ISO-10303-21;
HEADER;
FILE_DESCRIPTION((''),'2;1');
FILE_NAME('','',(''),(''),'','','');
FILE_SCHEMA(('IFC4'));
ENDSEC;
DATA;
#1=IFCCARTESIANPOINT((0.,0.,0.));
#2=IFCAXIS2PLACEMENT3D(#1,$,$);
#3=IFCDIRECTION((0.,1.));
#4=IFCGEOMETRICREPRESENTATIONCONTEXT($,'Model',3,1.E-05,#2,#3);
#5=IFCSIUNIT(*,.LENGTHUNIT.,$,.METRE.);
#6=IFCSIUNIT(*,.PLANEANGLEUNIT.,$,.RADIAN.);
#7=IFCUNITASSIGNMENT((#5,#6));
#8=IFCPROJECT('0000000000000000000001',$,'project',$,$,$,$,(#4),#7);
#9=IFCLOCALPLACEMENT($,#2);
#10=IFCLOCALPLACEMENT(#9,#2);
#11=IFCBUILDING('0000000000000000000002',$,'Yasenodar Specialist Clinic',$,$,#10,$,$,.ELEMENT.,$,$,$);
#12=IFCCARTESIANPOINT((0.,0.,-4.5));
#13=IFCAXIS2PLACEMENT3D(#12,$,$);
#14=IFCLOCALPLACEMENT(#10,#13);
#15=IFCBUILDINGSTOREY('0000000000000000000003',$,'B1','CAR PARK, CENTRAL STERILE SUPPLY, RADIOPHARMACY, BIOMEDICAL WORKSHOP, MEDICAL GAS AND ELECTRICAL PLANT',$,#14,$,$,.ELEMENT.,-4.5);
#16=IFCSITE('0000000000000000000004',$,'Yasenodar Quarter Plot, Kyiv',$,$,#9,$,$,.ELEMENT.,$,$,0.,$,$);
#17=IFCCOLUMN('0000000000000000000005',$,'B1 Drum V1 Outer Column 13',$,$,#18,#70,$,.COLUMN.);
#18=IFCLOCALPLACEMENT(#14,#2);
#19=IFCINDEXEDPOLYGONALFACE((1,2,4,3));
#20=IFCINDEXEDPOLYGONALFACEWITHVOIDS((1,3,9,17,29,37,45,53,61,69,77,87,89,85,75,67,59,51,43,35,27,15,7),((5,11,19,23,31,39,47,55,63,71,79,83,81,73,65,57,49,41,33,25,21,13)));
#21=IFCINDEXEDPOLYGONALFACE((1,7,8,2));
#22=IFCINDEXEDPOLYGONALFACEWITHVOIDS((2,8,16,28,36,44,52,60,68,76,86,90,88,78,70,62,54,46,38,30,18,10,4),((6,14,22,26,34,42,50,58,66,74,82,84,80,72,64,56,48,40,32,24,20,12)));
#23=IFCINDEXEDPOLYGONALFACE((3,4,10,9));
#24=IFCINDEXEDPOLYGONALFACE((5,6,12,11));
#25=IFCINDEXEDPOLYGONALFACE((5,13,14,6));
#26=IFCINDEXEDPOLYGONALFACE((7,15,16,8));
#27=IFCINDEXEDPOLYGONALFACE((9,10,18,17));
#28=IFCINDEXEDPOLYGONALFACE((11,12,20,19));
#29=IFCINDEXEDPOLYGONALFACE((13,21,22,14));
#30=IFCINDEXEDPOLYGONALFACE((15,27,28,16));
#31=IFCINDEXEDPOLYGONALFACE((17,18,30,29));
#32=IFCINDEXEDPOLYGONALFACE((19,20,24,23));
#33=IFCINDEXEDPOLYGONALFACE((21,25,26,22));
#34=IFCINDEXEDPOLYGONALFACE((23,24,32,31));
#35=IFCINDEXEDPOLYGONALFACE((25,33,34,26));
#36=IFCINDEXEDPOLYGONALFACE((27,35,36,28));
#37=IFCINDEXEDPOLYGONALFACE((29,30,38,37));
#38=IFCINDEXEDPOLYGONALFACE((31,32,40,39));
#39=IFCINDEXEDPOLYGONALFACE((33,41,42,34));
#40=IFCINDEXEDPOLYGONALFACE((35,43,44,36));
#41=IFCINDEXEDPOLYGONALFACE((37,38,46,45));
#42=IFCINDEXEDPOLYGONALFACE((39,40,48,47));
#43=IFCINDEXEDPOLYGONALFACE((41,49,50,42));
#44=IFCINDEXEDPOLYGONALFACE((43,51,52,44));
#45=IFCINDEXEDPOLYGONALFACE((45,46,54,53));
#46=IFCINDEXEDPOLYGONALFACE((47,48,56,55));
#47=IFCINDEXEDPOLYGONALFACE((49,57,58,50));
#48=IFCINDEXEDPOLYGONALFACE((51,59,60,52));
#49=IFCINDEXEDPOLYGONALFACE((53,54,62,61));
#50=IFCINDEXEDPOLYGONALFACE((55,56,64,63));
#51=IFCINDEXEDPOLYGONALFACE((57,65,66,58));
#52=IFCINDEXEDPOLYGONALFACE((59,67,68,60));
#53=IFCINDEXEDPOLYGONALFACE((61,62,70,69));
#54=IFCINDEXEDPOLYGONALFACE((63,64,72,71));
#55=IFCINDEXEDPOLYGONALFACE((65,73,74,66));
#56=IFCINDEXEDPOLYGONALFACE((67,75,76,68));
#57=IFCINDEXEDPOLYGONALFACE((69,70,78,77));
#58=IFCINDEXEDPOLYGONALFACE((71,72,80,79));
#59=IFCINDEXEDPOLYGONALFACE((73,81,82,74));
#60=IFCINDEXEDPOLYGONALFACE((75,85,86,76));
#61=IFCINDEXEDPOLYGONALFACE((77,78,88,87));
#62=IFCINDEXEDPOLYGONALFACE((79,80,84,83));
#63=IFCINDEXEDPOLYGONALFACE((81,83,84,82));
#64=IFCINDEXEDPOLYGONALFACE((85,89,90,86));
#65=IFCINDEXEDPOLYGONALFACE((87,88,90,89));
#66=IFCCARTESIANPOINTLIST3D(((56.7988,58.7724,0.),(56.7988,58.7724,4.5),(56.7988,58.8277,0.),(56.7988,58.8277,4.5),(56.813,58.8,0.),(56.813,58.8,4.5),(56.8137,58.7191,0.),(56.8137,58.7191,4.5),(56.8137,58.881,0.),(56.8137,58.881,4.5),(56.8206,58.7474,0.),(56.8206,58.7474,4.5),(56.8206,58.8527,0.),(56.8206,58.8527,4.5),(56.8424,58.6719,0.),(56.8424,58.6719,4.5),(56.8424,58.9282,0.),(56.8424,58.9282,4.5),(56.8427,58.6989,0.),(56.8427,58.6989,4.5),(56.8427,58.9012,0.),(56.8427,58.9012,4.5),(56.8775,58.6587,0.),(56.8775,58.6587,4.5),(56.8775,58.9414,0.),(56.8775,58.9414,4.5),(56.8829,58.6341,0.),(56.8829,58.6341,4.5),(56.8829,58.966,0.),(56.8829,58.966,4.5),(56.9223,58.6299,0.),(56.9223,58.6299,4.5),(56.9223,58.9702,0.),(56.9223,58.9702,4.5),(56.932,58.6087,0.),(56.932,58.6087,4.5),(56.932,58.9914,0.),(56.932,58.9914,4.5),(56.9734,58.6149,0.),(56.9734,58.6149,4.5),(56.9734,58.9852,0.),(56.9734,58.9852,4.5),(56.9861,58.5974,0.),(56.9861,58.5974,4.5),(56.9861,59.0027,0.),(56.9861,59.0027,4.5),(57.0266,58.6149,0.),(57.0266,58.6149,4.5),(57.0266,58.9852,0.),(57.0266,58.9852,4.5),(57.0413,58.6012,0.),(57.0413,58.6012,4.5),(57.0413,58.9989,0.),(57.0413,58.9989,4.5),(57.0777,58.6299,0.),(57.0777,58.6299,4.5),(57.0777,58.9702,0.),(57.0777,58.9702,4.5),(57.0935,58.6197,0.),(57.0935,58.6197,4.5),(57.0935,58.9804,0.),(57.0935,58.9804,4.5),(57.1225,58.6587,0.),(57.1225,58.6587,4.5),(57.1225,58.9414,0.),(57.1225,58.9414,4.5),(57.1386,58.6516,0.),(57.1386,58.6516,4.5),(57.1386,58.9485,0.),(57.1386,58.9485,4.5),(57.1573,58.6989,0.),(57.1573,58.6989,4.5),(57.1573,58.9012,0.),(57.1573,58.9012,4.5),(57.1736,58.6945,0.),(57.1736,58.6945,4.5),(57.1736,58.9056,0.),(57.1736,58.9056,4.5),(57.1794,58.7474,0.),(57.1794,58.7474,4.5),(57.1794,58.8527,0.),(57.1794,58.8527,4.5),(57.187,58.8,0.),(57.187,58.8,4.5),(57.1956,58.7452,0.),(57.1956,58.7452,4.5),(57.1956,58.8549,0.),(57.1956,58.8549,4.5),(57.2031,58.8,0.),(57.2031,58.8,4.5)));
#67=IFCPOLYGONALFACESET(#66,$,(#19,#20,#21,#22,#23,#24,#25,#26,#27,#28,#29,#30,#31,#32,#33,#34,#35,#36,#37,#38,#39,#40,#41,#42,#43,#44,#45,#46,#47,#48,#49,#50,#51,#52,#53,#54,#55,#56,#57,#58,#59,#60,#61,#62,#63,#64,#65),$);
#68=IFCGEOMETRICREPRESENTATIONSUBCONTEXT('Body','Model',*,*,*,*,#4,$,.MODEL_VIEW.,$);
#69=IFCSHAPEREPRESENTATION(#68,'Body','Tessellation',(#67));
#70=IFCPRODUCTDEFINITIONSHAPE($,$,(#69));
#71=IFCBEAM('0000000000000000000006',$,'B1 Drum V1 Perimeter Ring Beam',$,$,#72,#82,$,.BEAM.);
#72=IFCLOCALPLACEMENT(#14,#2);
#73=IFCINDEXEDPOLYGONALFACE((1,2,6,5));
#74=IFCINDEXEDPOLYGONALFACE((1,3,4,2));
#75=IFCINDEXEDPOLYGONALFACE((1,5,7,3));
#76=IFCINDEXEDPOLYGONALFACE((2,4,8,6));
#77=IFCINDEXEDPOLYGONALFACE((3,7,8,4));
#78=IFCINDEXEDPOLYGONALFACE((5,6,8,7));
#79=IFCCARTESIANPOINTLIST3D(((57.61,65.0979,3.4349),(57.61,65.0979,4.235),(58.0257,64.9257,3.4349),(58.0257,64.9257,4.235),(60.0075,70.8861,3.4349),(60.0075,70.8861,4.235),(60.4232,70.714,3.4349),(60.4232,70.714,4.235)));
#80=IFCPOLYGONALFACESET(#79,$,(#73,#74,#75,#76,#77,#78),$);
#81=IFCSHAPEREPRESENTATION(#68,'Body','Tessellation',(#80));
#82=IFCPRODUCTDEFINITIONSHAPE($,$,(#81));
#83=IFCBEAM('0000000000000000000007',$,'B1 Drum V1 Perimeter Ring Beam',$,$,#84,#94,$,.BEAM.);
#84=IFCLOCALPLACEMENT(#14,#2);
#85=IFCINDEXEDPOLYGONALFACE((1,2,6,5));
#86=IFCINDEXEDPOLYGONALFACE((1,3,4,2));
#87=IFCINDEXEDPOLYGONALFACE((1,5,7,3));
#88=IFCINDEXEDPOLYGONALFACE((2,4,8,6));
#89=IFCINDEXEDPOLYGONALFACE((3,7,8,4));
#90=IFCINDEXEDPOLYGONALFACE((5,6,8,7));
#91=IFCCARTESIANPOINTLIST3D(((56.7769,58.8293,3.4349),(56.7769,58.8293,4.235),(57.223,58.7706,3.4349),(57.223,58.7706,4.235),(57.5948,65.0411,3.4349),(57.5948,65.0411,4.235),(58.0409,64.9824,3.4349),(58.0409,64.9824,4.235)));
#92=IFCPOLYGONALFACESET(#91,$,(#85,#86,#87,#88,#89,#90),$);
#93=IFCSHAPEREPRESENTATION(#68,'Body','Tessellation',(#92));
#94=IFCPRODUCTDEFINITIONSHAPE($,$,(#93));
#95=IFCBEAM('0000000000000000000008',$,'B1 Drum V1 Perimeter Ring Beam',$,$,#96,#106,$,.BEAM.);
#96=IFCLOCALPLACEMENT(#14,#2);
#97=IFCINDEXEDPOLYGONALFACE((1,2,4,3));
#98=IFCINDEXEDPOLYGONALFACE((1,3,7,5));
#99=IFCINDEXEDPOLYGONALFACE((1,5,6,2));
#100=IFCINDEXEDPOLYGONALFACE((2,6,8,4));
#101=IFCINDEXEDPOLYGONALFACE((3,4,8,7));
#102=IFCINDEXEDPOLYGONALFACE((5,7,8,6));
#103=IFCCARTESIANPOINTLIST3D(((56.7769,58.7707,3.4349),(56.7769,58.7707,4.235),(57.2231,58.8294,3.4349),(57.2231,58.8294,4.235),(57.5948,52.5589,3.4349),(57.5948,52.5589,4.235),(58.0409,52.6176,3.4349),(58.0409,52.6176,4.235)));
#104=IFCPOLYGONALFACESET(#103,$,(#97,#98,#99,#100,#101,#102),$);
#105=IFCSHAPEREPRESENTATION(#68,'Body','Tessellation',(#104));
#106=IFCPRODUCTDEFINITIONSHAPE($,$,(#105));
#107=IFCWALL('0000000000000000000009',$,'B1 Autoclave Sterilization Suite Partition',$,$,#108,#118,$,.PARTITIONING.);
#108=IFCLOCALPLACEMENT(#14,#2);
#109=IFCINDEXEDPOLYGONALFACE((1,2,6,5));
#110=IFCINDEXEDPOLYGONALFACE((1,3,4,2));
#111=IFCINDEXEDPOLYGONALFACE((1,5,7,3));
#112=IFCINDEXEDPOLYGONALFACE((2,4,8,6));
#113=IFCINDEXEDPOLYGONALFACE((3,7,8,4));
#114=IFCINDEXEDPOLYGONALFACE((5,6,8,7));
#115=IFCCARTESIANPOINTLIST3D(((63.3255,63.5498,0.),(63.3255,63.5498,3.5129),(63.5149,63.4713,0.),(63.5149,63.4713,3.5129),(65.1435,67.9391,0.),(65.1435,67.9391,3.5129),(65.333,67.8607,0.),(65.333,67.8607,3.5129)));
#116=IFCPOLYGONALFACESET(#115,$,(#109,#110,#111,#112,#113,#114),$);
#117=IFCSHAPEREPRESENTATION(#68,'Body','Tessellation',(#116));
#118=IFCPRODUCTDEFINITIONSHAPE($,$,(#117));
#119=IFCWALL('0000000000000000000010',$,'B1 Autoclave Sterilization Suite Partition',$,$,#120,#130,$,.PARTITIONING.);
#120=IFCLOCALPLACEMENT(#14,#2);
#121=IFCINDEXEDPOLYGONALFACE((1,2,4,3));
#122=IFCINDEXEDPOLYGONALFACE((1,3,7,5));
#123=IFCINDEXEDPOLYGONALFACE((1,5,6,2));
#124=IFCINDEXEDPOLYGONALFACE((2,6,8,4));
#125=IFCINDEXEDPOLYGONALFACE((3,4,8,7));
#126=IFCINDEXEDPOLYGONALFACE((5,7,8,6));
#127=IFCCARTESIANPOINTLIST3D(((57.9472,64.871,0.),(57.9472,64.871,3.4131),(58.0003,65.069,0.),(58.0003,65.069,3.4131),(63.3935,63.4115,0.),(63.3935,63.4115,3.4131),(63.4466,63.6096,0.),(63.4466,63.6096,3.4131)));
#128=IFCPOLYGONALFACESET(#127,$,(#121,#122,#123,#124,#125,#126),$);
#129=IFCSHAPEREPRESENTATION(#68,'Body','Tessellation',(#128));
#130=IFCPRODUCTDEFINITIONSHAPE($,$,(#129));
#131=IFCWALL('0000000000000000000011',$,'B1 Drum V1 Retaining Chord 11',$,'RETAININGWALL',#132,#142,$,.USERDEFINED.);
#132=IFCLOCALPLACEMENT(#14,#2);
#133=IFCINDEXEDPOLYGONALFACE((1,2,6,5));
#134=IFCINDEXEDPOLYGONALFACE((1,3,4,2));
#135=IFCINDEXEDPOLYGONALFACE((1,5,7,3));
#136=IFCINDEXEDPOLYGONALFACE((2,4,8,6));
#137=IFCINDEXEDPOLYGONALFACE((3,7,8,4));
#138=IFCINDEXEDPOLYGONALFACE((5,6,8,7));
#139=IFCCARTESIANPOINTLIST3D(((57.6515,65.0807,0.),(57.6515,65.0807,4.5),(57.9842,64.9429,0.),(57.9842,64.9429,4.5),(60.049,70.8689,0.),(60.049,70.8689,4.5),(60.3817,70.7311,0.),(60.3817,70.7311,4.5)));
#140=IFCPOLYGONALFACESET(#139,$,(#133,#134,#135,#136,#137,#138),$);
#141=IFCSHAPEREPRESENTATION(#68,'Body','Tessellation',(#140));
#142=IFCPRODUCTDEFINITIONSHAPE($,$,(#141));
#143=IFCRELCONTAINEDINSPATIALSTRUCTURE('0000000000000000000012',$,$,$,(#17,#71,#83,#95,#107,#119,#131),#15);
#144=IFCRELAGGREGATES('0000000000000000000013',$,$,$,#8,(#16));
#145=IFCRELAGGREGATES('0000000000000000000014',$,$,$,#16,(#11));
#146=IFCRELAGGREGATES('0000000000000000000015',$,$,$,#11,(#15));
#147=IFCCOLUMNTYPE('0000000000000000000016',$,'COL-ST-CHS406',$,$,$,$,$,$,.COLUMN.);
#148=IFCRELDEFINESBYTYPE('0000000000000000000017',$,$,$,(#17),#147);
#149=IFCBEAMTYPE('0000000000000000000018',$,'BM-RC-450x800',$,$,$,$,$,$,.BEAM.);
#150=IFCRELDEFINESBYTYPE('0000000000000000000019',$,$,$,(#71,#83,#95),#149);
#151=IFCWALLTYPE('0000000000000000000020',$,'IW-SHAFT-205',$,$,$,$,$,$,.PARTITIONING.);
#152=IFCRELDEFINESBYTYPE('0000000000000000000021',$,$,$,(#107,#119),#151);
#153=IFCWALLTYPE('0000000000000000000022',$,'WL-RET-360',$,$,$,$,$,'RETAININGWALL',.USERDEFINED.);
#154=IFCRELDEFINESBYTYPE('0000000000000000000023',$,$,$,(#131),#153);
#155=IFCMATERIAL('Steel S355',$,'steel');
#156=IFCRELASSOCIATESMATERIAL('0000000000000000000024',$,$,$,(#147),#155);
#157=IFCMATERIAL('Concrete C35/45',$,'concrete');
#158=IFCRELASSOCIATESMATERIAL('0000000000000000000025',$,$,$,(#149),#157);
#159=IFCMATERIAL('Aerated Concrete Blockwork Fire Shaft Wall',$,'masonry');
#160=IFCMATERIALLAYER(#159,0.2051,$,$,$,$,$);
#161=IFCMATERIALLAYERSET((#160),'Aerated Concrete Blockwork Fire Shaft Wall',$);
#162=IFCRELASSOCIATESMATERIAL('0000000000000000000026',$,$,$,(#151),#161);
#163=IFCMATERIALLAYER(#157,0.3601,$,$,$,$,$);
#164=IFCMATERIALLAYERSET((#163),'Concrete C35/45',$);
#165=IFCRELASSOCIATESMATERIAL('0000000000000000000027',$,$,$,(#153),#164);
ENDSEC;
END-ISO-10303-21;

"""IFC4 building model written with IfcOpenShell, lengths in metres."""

from ifc_helpers import new_model, si_unit, direction, frame, frame_2d, origin, origin_2d, place, context, subcontext, project, spatial, rectangle, hollow_circle, extrude, material, layer, layer_set, material_profile, profile_set, type_object, element, save


model = new_model("IFC4")

# Units and contexts
model_context = context("Model", 3, precision=1e-05, world=origin(), true_north=direction((0.0, 1.0)))
body_context = subcontext(model_context, "Body", "Model", "MODEL_VIEW")
ifc_project = project(units=[si_unit("LENGTHUNIT", "METRE"), si_unit("PLANEANGLEUNIT", "RADIAN")], contexts=[model_context])

# Site, building, storey
site_placement = place(None, origin())
site = spatial("IfcSite", under=ifc_project, at=site_placement, Name="Yasenodar Quarter Plot, Kyiv", CompositionType="ELEMENT", RefElevation=0.0)
building_placement = place(site_placement, origin())
building = spatial("IfcBuilding", under=site, at=building_placement, Name="Yasenodar Specialist Clinic", CompositionType="ELEMENT")
storey_placement = place(building_placement, frame((0.0, 0.0, -4.5)))
storey = spatial("IfcBuildingStorey", under=building, at=storey_placement, Name="B1", Description="CAR PARK, CENTRAL STERILE SUPPLY, RADIOPHARMACY, BIOMEDICAL WORKSHOP, MEDICAL GAS AND ELECTRICAL PLANT", CompositionType="ELEMENT", Elevation=-4.5)

# Shared definitions
ifc_material_1 = material(Name="Concrete C35/45", Category="concrete")

# Column
ifc_material_2 = material(Name="Steel S355", Category="steel")
ifc_material_profile_1 = material_profile(ifc_material_2, hollow_circle(Radius=0.2031, WallThickness=0.0161, at=origin_2d()), Name="CHS 406.4x16")
ifc_profile_set_1 = profile_set([ifc_material_profile_1], Name="Steel S355")
column_type_1 = type_object("IfcColumnType", Name="COL-ST-CHS406", PredefinedType="COLUMN", material=ifc_profile_set_1)
for number, where, z_axis, x_axis, name in (
    (1, (57.0, 58.8, 0.0), (0.0, 0.0, 1.0), (1.0, 0.0, 0.0), "B1 Drum V1 Outer Column 13"),
):
    element("IfcColumn", number, at=place(storey_placement, frame(where, z_axis=z_axis, x_axis=x_axis)), inside=storey, type_object=column_type_1, Name=name, PredefinedType="COLUMN", context=body_context, shape_type="SweptSolid", body=[
        extrude(hollow_circle(Radius=0.2031, WallThickness=0.0161, at=origin_2d()), origin(), (0.0, 0.0, 1.0), 4.5),
    ])

# Beams
ifc_material_profile_2 = material_profile(ifc_material_1, rectangle(XDim=0.45, YDim=0.8, at=origin_2d()), Name="RC 450x800")
ifc_profile_set_2 = profile_set([ifc_material_profile_2], Name="Concrete C35/45")
beam_type = type_object("IfcBeamType", Name="BM-RC-450x800", PredefinedType="BEAM", material=ifc_profile_set_2)
beam_placement = place(storey_placement, frame((60.2153, 70.8, 3.835), z_axis=(-0.382664, -0.923888, 0.0), x_axis=(0.923888, -0.382664, 0.0)))
element("IfcBeam", 2, at=beam_placement, inside=storey, type_object=beam_type, Name="B1 Drum V1 Perimeter Ring Beam", PredefinedType="BEAM", context=body_context, shape_type="SweptSolid", body=[
    extrude(rectangle(XDim=0.45, YDim=0.8, at=origin_2d()), origin(), (0.0, 0.0, 1.0), 6.2651),
])
for number, where, z_axis, x_axis, name in (
    (3, (57.8179, 65.0117, 3.835), (-0.13054, -0.991443, 0.0), (0.991443, -0.13054, 0.0), "B1 Drum V1 Perimeter Ring Beam"),
    (4, (57.0, 58.8, 3.835), (0.13054, -0.991443, 0.0), (0.991443, 0.13054, 0.0), "B1 Drum V1 Perimeter Ring Beam"),
):
    element("IfcBeam", number, at=place(storey_placement, frame(where, z_axis=z_axis, x_axis=x_axis)), inside=storey, type_object=beam_type, Name=name, PredefinedType="BEAM", context=body_context, shape_type="SweptSolid", body=[
        extrude(rectangle(XDim=0.45, YDim=0.8, at=origin_2d()), origin(), (0.0, 0.0, 1.0), 6.2654),
    ])

# Walls
ifc_material_3 = material(Name="Aerated Concrete Blockwork Fire Shaft Wall", Category="masonry")
ifc_layer_1 = layer(ifc_material_3, 0.2051)
ifc_layer_set_1 = layer_set([ifc_layer_1], Name="Aerated Concrete Blockwork Fire Shaft Wall")
wall_type_1 = type_object("IfcWallType", Name="IW-SHAFT-205", PredefinedType="PARTITIONING", material=ifc_layer_set_1)
wall_1_placement = place(storey_placement, frame((65.2383, 67.8999, 0.0), z_axis=(0.0, 0.0, 1.0), x_axis=(-0.382677, -0.923882, 0.0)))
element("IfcWall", 5, at=wall_1_placement, inside=storey, type_object=wall_type_1, Name="B1 Autoclave Sterilization Suite Partition", PredefinedType="PARTITIONING", context=body_context, shape_type="SweptSolid", body=[
    extrude(rectangle(XDim=4.751, YDim=0.2051, at=frame_2d((2.3755, 0.0))), origin(), (0.0, 0.0, 1.0), 3.5129),
])
wall_2_placement = place(storey_placement, frame((63.4202, 63.5105, 0.0), z_axis=(0.0, 0.0, 1.0), x_axis=(-0.965919, 0.258843, 0.0)))
element("IfcWall", 6, at=wall_2_placement, inside=storey, type_object=wall_type_1, Name="B1 Autoclave Sterilization Suite Partition", PredefinedType="PARTITIONING", context=body_context, shape_type="SweptSolid", body=[
    extrude(rectangle(XDim=5.6384, YDim=0.2051, at=frame_2d((2.8193, 0.0))), origin(), (0.0, 0.0, 1.0), 3.4131),
])
ifc_layer_2 = layer(ifc_material_1, 0.3601)
ifc_layer_set_2 = layer_set([ifc_layer_2], Name="Concrete C35/45")
wall_type_2 = type_object("IfcWallType", Name="WL-RET-360", ElementType="RETAININGWALL", PredefinedType="USERDEFINED", material=ifc_layer_set_2)
wall_3_placement = place(storey_placement, frame((60.2153, 70.8, 0.0), z_axis=(0.0, 0.0, 1.0), x_axis=(-0.382664, -0.923888, 0.0)))
element("IfcWall", 7, at=wall_3_placement, inside=storey, type_object=wall_type_2, Name="B1 Drum V1 Retaining Chord 11", ObjectType="RETAININGWALL", PredefinedType="USERDEFINED", context=body_context, shape_type="SweptSolid", body=[
    extrude(rectangle(XDim=6.2651, YDim=0.3601, at=frame_2d((3.1326, 0.0))), origin(), (0.0, 0.0, 1.0), 4.5),
])

save(model, "model.ifc")
